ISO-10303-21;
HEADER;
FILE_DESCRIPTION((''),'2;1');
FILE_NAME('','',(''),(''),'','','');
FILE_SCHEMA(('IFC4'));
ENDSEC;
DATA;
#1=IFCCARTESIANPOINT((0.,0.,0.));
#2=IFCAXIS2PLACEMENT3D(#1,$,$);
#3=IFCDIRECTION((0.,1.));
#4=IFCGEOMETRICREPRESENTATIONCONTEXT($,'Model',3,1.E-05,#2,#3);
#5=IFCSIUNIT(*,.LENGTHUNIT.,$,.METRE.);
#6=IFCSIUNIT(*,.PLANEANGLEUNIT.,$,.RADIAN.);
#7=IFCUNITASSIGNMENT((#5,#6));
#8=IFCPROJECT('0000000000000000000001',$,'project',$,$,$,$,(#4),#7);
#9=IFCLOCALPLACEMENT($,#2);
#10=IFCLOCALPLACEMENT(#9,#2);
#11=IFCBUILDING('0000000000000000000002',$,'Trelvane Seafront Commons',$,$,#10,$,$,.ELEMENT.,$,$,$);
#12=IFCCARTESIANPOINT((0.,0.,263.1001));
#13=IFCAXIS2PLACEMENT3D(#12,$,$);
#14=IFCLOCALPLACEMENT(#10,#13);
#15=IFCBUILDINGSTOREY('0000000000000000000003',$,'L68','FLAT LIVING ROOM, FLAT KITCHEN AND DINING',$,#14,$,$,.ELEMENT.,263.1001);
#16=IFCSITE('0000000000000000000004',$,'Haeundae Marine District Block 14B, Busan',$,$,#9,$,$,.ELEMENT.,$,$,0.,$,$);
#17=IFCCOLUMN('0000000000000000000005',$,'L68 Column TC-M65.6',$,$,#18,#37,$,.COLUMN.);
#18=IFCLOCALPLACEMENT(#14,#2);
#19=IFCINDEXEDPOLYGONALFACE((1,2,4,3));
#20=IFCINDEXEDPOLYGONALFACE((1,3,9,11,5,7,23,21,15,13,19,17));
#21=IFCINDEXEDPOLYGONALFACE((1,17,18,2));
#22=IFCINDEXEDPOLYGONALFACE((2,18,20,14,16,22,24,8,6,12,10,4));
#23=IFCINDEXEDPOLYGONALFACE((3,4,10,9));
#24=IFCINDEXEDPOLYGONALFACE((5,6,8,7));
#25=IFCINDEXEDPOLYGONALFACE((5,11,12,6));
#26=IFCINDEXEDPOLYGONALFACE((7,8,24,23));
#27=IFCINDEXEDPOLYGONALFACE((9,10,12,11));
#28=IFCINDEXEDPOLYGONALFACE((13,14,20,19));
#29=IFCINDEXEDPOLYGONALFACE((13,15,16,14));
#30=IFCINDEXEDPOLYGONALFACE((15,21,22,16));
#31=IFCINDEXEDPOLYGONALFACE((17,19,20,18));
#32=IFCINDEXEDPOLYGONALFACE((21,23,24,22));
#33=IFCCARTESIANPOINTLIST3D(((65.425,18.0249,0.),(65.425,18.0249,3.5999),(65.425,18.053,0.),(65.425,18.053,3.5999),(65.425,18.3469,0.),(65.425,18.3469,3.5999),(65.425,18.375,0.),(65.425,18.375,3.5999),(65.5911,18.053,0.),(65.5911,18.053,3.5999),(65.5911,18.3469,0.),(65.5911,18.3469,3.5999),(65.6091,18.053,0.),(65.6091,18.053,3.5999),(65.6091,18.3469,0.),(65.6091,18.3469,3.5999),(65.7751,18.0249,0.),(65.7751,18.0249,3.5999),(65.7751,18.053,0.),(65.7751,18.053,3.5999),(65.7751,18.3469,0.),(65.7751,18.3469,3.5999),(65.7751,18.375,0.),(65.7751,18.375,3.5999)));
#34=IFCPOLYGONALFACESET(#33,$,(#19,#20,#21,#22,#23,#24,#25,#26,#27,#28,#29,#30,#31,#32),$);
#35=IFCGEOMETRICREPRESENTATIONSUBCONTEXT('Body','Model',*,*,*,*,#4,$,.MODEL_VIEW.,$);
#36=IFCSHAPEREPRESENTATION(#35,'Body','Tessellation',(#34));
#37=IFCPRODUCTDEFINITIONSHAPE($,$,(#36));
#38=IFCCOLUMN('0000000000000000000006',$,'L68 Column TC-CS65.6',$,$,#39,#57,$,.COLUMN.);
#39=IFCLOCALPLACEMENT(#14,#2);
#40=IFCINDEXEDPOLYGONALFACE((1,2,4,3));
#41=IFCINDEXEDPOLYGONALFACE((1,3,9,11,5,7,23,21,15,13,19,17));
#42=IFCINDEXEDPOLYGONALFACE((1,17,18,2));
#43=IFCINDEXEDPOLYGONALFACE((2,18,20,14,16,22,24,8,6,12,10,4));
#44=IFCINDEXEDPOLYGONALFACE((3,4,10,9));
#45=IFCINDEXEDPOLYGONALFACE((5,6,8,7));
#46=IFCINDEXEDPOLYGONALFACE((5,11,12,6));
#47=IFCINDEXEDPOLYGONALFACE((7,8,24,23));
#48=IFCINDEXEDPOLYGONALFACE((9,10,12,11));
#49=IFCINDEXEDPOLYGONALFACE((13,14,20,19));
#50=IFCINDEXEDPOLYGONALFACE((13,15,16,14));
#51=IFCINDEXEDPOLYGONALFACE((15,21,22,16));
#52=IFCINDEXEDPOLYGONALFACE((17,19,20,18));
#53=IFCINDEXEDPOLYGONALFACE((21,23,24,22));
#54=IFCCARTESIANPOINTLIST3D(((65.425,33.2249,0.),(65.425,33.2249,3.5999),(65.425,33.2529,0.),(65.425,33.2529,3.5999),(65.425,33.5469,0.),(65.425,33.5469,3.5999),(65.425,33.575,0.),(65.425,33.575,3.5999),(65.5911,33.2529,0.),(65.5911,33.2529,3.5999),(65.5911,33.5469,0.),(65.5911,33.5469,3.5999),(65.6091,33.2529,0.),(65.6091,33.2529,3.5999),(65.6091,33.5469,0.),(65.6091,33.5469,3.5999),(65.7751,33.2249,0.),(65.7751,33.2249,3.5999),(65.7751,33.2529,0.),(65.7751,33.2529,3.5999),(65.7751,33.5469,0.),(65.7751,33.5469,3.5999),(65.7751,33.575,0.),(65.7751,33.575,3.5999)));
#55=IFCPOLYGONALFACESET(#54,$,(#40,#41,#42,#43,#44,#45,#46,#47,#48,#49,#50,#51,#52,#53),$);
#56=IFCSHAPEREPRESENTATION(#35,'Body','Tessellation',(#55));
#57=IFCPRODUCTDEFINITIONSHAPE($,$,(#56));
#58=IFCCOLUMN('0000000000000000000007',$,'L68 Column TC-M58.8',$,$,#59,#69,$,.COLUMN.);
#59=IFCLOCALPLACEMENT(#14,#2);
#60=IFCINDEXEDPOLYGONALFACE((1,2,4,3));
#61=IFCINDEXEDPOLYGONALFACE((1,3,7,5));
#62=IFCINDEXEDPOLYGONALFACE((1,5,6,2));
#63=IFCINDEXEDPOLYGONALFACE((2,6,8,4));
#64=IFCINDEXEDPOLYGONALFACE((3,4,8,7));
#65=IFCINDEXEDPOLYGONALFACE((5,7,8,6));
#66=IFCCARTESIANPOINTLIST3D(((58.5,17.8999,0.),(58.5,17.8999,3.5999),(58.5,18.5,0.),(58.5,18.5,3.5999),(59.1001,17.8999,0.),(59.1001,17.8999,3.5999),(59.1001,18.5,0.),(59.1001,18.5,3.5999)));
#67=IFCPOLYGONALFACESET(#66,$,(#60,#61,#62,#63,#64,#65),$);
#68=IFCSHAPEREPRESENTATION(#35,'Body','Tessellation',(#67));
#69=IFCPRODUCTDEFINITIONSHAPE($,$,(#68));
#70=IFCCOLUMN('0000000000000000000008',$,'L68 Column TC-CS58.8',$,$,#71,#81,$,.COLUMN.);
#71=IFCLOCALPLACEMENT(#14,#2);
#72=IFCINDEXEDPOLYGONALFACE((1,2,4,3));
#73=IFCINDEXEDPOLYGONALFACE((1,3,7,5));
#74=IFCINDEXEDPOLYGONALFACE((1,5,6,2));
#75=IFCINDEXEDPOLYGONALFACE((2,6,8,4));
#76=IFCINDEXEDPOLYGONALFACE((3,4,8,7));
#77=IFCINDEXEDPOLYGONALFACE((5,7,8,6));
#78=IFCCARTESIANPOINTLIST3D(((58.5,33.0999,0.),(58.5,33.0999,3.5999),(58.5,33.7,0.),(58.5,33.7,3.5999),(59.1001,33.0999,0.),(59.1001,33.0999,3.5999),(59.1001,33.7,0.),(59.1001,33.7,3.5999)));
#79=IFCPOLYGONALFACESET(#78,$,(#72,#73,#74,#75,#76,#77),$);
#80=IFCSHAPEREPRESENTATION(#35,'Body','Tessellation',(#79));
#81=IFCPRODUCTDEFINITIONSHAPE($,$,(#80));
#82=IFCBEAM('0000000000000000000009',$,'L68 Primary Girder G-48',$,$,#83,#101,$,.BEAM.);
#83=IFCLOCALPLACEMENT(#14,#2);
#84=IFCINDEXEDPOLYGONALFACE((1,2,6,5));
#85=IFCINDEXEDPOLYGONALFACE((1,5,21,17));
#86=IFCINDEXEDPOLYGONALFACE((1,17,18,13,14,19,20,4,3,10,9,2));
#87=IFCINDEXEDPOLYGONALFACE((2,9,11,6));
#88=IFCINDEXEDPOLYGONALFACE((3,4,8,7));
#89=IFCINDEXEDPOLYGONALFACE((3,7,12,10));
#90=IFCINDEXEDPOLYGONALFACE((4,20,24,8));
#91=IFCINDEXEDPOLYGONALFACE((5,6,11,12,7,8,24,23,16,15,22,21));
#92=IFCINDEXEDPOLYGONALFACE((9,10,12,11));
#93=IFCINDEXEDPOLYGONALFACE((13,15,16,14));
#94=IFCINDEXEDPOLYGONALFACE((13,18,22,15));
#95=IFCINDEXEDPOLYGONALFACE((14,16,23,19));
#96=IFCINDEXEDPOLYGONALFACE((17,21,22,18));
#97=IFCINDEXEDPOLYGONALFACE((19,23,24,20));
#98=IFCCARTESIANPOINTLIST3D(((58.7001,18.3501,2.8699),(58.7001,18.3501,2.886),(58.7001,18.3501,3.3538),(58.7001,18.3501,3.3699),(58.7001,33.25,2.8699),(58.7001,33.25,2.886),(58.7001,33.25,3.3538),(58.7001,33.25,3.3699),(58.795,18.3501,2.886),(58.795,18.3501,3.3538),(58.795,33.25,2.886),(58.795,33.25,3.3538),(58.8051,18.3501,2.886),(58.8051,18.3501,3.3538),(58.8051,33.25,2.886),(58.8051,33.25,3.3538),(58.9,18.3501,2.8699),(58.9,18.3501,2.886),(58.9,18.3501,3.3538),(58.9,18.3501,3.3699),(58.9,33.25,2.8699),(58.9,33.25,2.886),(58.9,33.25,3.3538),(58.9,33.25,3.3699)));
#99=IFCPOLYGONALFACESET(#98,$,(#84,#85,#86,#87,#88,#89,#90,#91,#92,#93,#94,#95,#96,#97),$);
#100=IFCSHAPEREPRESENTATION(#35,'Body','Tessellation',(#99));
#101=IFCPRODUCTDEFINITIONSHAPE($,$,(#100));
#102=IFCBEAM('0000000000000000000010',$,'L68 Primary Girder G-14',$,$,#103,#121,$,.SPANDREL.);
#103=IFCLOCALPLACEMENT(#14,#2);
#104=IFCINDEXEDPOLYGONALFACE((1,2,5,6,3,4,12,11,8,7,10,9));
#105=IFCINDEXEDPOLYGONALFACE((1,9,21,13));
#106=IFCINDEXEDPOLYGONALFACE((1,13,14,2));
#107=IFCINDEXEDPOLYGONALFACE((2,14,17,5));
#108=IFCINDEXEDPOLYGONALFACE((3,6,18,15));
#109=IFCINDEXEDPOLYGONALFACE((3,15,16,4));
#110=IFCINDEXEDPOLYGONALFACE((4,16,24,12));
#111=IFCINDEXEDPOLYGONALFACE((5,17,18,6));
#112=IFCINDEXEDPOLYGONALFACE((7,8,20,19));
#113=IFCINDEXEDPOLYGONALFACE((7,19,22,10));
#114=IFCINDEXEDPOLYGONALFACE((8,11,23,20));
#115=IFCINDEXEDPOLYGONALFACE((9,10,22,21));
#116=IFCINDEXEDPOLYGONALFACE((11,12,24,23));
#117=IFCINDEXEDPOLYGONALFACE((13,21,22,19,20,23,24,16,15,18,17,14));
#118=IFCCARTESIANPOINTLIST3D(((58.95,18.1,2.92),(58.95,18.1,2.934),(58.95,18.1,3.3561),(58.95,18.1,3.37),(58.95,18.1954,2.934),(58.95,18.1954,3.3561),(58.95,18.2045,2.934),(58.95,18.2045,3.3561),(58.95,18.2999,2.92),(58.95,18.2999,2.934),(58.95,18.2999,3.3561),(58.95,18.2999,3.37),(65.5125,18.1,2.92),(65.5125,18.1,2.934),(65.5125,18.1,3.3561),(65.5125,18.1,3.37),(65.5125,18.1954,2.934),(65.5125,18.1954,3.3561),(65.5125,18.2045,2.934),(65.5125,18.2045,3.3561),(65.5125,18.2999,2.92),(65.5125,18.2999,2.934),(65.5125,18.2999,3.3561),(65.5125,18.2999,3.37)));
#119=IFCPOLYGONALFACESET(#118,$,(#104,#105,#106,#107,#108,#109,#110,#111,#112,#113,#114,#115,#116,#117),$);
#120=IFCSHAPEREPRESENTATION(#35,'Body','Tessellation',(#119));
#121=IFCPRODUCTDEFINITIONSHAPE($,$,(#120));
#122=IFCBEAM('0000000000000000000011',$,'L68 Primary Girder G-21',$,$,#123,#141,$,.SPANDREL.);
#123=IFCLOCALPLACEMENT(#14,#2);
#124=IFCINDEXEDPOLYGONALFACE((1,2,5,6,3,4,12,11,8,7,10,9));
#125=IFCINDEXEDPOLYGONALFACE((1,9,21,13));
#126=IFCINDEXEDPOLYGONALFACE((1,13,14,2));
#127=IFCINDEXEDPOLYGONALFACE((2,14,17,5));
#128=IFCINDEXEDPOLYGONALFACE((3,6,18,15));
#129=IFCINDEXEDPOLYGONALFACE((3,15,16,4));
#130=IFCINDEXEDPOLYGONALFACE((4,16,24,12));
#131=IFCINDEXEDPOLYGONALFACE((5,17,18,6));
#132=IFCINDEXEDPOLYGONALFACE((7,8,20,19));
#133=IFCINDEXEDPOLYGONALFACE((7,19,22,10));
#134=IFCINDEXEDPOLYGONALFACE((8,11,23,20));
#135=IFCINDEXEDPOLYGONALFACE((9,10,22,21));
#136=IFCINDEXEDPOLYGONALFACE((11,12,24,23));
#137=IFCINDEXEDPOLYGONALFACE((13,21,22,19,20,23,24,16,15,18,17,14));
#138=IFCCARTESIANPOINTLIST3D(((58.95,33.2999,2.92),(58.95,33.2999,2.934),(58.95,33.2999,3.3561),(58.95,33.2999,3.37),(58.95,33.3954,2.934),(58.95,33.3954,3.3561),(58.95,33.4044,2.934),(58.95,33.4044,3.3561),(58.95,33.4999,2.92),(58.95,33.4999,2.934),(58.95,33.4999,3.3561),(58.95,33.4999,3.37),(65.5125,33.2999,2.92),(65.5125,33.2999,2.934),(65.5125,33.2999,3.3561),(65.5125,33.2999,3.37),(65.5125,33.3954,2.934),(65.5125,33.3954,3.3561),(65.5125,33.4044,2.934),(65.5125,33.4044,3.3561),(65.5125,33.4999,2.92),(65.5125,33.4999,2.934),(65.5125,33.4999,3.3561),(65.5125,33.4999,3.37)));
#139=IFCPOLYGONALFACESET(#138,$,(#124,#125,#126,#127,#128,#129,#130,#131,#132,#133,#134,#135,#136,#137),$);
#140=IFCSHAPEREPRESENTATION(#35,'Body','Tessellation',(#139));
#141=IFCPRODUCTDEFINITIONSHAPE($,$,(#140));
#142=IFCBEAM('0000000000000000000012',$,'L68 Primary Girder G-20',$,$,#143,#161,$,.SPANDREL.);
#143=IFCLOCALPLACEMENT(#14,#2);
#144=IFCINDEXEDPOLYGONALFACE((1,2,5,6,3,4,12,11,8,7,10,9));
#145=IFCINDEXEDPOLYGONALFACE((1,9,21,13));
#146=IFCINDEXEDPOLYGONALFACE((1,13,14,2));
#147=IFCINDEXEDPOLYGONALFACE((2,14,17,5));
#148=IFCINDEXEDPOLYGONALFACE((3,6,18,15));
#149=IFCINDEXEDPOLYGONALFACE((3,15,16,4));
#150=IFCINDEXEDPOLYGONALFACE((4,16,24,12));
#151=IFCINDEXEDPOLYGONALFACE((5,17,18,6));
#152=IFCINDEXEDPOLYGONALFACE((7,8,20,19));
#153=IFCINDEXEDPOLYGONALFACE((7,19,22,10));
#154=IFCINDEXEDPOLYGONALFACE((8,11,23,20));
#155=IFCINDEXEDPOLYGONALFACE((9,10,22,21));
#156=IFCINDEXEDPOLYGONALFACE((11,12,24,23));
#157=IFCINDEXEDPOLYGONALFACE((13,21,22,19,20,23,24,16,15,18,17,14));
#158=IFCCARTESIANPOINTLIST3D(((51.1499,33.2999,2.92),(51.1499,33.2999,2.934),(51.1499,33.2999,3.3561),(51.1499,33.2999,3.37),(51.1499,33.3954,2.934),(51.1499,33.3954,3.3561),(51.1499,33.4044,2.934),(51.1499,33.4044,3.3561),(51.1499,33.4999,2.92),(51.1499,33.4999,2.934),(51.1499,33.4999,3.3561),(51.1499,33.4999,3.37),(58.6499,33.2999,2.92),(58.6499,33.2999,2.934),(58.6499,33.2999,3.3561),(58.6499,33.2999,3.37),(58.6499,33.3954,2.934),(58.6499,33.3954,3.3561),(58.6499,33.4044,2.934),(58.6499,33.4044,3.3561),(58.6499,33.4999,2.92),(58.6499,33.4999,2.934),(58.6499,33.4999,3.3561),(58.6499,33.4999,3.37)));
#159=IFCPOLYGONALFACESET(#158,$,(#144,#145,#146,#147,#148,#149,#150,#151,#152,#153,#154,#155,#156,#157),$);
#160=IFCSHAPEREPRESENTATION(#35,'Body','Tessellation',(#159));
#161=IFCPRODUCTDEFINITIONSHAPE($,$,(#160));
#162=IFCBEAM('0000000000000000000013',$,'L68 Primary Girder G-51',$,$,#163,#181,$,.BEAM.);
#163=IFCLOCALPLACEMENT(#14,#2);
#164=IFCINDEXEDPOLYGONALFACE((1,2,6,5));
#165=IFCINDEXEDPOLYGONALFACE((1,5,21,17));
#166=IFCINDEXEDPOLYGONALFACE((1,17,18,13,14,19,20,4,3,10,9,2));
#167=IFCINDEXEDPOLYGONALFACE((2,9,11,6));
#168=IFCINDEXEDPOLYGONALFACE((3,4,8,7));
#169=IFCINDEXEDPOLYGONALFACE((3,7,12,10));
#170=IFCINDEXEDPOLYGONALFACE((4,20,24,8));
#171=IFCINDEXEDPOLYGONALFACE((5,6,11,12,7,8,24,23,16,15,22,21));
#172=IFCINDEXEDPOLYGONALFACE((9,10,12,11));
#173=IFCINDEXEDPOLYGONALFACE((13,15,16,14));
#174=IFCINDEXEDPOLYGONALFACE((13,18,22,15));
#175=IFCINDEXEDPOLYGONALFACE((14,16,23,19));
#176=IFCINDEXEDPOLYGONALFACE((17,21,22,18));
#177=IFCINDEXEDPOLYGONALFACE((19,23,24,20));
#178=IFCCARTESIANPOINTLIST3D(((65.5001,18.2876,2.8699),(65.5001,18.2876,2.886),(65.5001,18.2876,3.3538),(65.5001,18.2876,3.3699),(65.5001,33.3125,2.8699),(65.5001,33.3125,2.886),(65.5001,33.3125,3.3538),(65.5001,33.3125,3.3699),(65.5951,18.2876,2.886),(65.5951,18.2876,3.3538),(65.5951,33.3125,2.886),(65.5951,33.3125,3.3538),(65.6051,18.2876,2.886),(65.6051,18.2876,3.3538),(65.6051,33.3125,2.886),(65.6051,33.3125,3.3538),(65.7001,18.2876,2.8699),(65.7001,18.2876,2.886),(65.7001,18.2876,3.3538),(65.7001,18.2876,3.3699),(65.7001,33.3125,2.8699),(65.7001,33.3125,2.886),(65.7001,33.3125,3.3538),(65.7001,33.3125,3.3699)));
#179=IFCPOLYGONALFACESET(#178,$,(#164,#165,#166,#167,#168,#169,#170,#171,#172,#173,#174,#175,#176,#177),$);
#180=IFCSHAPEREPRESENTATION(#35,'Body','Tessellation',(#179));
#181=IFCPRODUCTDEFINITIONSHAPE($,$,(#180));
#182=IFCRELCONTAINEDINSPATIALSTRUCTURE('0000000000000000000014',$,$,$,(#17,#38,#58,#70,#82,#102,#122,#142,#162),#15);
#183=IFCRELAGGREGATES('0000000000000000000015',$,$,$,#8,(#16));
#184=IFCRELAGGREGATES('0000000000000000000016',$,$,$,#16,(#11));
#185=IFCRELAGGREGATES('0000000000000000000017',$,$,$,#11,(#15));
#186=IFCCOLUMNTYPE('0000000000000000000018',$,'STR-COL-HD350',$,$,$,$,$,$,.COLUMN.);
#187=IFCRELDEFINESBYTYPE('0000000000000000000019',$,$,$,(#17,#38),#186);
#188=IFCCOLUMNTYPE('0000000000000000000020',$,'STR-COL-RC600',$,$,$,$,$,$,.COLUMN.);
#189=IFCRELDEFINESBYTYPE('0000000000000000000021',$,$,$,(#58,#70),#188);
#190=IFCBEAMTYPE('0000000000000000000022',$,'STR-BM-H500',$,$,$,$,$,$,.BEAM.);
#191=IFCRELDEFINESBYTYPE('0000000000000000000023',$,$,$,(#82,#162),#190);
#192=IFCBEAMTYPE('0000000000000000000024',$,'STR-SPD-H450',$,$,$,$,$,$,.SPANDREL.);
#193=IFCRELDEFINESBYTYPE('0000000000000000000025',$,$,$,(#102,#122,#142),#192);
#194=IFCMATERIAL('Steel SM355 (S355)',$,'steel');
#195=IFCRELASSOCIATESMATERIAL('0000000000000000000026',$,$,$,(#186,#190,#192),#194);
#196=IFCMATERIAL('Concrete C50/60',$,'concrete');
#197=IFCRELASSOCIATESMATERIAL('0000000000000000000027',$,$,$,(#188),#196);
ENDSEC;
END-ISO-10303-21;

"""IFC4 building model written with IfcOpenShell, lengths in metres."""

from ifc_helpers import new_model, si_unit, direction, frame, origin, origin_2d, place, context, subcontext, project, spatial, rectangle, i_section, extrude, source, transform, mapped, material, material_profile, profile_set, type_object, element, save


model = new_model("IFC4")

# Units and contexts
model_context = context("Model", 3, precision=1e-05, world=origin(), true_north=direction((0.0, 1.0)))
body_context = subcontext(model_context, "Body", "Model", "MODEL_VIEW")
ifc_project = project(units=[si_unit("LENGTHUNIT", "METRE"), si_unit("PLANEANGLEUNIT", "RADIAN")], contexts=[model_context])

# Site, building, storey
site_placement = place(None, origin())
site = spatial("IfcSite", under=ifc_project, at=site_placement, Name="Haeundae Marine District Block 14B, Busan", CompositionType="ELEMENT", RefElevation=0.0)
building_placement = place(site_placement, origin())
building = spatial("IfcBuilding", under=site, at=building_placement, Name="Trelvane Seafront Commons", CompositionType="ELEMENT")
storey_placement = place(building_placement, frame((0.0, 0.0, 263.1001)))
storey = spatial("IfcBuildingStorey", under=building, at=storey_placement, Name="L68", Description="FLAT LIVING ROOM, FLAT KITCHEN AND DINING", CompositionType="ELEMENT", Elevation=263.1001)

# Columns
ifc_material_1 = material(Name="Steel SM355 (S355)", Category="steel")
ifc_material_profile_1 = material_profile(ifc_material_1, i_section(OverallWidth=0.3501, OverallDepth=0.3501, WebThickness=0.0181, FlangeThickness=0.0281, at=origin_2d()), Name="HD-350x350x18x28")
ifc_profile_set_1 = profile_set([ifc_material_profile_1], Name="Steel SM355 (S355)")
column_type_1 = type_object("IfcColumnType", Name="STR-COL-HD350", PredefinedType="COLUMN", material=ifc_profile_set_1)
shared_shape_1 = source(origin(), body_context, "Body", "SweptSolid", [
    extrude(i_section(OverallWidth=0.3501, OverallDepth=0.3501, WebThickness=0.0181, FlangeThickness=0.0281, at=origin_2d()), origin(), (0.0, 0.0, 1.0), 3.5999),
])
for number, where, z_axis, x_axis, name in (
    (1, (65.6001, 18.2, 0.0), (0.0, 0.0, 1.0), (1.0, 0.0, 0.0), "L68 Column TC-M65.6"),
    (2, (65.6001, 33.3999, 0.0), (0.0, 0.0, 1.0), (1.0, 0.0, 0.0), "L68 Column TC-CS65.6"),
):
    element("IfcColumn", number, at=place(storey_placement, frame(where, z_axis=z_axis, x_axis=x_axis)), inside=storey, type_object=column_type_1, Name=name, PredefinedType="COLUMN", context=body_context, shape_type="MappedRepresentation", body=[
        mapped(shared_shape_1, transform((0.0, 0.0, 0.0), x_axis=(1.0, 0.0, 0.0), y_axis=(0.0, 1.0, 0.0), z_axis=(0.0, 0.0, 1.0), scale=1.0)),
    ])
ifc_material_2 = material(Name="Concrete C50/60", Category="concrete")
ifc_material_profile_2 = material_profile(ifc_material_2, rectangle(XDim=0.6001, YDim=0.6001, at=origin_2d()), Name="RC-600x600")
ifc_profile_set_2 = profile_set([ifc_material_profile_2], Name="Concrete C50/60")
column_type_2 = type_object("IfcColumnType", Name="STR-COL-RC600", PredefinedType="COLUMN", material=ifc_profile_set_2)
shared_shape_2 = source(origin(), body_context, "Body", "SweptSolid", [
    extrude(rectangle(XDim=0.6001, YDim=0.6001, at=origin_2d()), origin(), (0.0, 0.0, 1.0), 3.5999),
])
for number, where, z_axis, x_axis, name in (
    (3, (58.8, 18.2, 0.0), (0.0, 0.0, 1.0), (1.0, 0.0, 0.0), "L68 Column TC-M58.8"),
    (4, (58.8, 33.3999, 0.0), (0.0, 0.0, 1.0), (1.0, 0.0, 0.0), "L68 Column TC-CS58.8"),
):
    element("IfcColumn", number, at=place(storey_placement, frame(where, z_axis=z_axis, x_axis=x_axis)), inside=storey, type_object=column_type_2, Name=name, PredefinedType="COLUMN", context=body_context, shape_type="MappedRepresentation", body=[
        mapped(shared_shape_2, transform((0.0, 0.0, 0.0), x_axis=(1.0, 0.0, 0.0), y_axis=(0.0, 1.0, 0.0), z_axis=(0.0, 0.0, 1.0), scale=1.0)),
    ])

# Beams
ifc_material_profile_3 = material_profile(ifc_material_1, i_section(OverallWidth=0.2, OverallDepth=0.5, WebThickness=0.01, FlangeThickness=0.0161, at=origin_2d()), Name="H-500x200x10x16")
ifc_profile_set_3 = profile_set([ifc_material_profile_3], Name="Steel SM355 (S355)")
beam_type_1 = type_object("IfcBeamType", Name="STR-BM-H500", PredefinedType="BEAM", material=ifc_profile_set_3)
shared_shape_3 = source(origin(), body_context, "Body", "SweptSolid", [
    extrude(i_section(OverallWidth=0.2, OverallDepth=0.5, WebThickness=0.01, FlangeThickness=0.0161, at=origin_2d()), origin(), (0.0, 0.0, 1.0), 14.8999),
])
beam_1_placement = place(storey_placement, frame((58.8, 18.3501, 3.1199), z_axis=(0.0, 1.0, 0.0), x_axis=(-1.0, 0.0, 0.0)))
element("IfcBeam", 5, at=beam_1_placement, inside=storey, type_object=beam_type_1, Name="L68 Primary Girder G-48", PredefinedType="BEAM", context=body_context, shape_type="MappedRepresentation", body=[
    mapped(shared_shape_3, transform((0.0, 0.0, 0.0), x_axis=(1.0, 0.0, 0.0), y_axis=(0.0, 1.0, 0.0), z_axis=(0.0, 0.0, 1.0), scale=1.0)),
])
ifc_material_profile_4 = material_profile(ifc_material_1, i_section(OverallWidth=0.2, OverallDepth=0.45, WebThickness=0.009, FlangeThickness=0.0139, at=origin_2d()), Name="H-450x200x9x14")
ifc_profile_set_4 = profile_set([ifc_material_profile_4], Name="Steel SM355 (S355)")
beam_type_2 = type_object("IfcBeamType", Name="STR-SPD-H450", PredefinedType="SPANDREL", material=ifc_profile_set_4)
shared_shape_4 = source(origin(), body_context, "Body", "SweptSolid", [
    extrude(i_section(OverallWidth=0.2, OverallDepth=0.45, WebThickness=0.009, FlangeThickness=0.0139, at=origin_2d()), origin(), (0.0, 0.0, 1.0), 6.5625),
])
for number, where, z_axis, x_axis, name in (
    (6, (58.95, 18.2, 3.145), (1.0, 0.0, 0.0), (0.0, 1.0, 0.0), "L68 Primary Girder G-14"),
    (7, (58.95, 33.3999, 3.145), (1.0, 0.0, 0.0), (0.0, 1.0, 0.0), "L68 Primary Girder G-21"),
):
    element("IfcBeam", number, at=place(storey_placement, frame(where, z_axis=z_axis, x_axis=x_axis)), inside=storey, type_object=beam_type_2, Name=name, PredefinedType="SPANDREL", context=body_context, shape_type="MappedRepresentation", body=[
        mapped(shared_shape_4, transform((0.0, 0.0, 0.0), x_axis=(1.0, 0.0, 0.0), y_axis=(0.0, 1.0, 0.0), z_axis=(0.0, 0.0, 1.0), scale=1.0)),
    ])
shared_shape_5 = source(origin(), body_context, "Body", "SweptSolid", [
    extrude(i_section(OverallWidth=0.2, OverallDepth=0.45, WebThickness=0.009, FlangeThickness=0.0139, at=origin_2d()), origin(), (0.0, 0.0, 1.0), 7.5),
])
beam_2_placement = place(storey_placement, frame((51.1499, 33.3999, 3.145), z_axis=(1.0, 0.0, 0.0), x_axis=(0.0, 1.0, 0.0)))
element("IfcBeam", 8, at=beam_2_placement, inside=storey, type_object=beam_type_2, Name="L68 Primary Girder G-20", PredefinedType="SPANDREL", context=body_context, shape_type="MappedRepresentation", body=[
    mapped(shared_shape_5, transform((0.0, 0.0, 0.0), x_axis=(1.0, 0.0, 0.0), y_axis=(0.0, 1.0, 0.0), z_axis=(0.0, 0.0, 1.0), scale=1.0)),
])
shared_shape_6 = source(origin(), body_context, "Body", "SweptSolid", [
    extrude(i_section(OverallWidth=0.2, OverallDepth=0.5, WebThickness=0.01, FlangeThickness=0.0161, at=origin_2d()), origin(), (0.0, 0.0, 1.0), 15.0249),
])
beam_3_placement = place(storey_placement, frame((65.6001, 18.2876, 3.1199), z_axis=(0.0, 1.0, 0.0), x_axis=(-1.0, 0.0, 0.0)))
element("IfcBeam", 9, at=beam_3_placement, inside=storey, type_object=beam_type_1, Name="L68 Primary Girder G-51", PredefinedType="BEAM", context=body_context, shape_type="MappedRepresentation", body=[
    mapped(shared_shape_6, transform((0.0, 0.0, 0.0), x_axis=(1.0, 0.0, 0.0), y_axis=(0.0, 1.0, 0.0), z_axis=(0.0, 0.0, 1.0), scale=1.0)),
])

save(model, "model.ifc")
